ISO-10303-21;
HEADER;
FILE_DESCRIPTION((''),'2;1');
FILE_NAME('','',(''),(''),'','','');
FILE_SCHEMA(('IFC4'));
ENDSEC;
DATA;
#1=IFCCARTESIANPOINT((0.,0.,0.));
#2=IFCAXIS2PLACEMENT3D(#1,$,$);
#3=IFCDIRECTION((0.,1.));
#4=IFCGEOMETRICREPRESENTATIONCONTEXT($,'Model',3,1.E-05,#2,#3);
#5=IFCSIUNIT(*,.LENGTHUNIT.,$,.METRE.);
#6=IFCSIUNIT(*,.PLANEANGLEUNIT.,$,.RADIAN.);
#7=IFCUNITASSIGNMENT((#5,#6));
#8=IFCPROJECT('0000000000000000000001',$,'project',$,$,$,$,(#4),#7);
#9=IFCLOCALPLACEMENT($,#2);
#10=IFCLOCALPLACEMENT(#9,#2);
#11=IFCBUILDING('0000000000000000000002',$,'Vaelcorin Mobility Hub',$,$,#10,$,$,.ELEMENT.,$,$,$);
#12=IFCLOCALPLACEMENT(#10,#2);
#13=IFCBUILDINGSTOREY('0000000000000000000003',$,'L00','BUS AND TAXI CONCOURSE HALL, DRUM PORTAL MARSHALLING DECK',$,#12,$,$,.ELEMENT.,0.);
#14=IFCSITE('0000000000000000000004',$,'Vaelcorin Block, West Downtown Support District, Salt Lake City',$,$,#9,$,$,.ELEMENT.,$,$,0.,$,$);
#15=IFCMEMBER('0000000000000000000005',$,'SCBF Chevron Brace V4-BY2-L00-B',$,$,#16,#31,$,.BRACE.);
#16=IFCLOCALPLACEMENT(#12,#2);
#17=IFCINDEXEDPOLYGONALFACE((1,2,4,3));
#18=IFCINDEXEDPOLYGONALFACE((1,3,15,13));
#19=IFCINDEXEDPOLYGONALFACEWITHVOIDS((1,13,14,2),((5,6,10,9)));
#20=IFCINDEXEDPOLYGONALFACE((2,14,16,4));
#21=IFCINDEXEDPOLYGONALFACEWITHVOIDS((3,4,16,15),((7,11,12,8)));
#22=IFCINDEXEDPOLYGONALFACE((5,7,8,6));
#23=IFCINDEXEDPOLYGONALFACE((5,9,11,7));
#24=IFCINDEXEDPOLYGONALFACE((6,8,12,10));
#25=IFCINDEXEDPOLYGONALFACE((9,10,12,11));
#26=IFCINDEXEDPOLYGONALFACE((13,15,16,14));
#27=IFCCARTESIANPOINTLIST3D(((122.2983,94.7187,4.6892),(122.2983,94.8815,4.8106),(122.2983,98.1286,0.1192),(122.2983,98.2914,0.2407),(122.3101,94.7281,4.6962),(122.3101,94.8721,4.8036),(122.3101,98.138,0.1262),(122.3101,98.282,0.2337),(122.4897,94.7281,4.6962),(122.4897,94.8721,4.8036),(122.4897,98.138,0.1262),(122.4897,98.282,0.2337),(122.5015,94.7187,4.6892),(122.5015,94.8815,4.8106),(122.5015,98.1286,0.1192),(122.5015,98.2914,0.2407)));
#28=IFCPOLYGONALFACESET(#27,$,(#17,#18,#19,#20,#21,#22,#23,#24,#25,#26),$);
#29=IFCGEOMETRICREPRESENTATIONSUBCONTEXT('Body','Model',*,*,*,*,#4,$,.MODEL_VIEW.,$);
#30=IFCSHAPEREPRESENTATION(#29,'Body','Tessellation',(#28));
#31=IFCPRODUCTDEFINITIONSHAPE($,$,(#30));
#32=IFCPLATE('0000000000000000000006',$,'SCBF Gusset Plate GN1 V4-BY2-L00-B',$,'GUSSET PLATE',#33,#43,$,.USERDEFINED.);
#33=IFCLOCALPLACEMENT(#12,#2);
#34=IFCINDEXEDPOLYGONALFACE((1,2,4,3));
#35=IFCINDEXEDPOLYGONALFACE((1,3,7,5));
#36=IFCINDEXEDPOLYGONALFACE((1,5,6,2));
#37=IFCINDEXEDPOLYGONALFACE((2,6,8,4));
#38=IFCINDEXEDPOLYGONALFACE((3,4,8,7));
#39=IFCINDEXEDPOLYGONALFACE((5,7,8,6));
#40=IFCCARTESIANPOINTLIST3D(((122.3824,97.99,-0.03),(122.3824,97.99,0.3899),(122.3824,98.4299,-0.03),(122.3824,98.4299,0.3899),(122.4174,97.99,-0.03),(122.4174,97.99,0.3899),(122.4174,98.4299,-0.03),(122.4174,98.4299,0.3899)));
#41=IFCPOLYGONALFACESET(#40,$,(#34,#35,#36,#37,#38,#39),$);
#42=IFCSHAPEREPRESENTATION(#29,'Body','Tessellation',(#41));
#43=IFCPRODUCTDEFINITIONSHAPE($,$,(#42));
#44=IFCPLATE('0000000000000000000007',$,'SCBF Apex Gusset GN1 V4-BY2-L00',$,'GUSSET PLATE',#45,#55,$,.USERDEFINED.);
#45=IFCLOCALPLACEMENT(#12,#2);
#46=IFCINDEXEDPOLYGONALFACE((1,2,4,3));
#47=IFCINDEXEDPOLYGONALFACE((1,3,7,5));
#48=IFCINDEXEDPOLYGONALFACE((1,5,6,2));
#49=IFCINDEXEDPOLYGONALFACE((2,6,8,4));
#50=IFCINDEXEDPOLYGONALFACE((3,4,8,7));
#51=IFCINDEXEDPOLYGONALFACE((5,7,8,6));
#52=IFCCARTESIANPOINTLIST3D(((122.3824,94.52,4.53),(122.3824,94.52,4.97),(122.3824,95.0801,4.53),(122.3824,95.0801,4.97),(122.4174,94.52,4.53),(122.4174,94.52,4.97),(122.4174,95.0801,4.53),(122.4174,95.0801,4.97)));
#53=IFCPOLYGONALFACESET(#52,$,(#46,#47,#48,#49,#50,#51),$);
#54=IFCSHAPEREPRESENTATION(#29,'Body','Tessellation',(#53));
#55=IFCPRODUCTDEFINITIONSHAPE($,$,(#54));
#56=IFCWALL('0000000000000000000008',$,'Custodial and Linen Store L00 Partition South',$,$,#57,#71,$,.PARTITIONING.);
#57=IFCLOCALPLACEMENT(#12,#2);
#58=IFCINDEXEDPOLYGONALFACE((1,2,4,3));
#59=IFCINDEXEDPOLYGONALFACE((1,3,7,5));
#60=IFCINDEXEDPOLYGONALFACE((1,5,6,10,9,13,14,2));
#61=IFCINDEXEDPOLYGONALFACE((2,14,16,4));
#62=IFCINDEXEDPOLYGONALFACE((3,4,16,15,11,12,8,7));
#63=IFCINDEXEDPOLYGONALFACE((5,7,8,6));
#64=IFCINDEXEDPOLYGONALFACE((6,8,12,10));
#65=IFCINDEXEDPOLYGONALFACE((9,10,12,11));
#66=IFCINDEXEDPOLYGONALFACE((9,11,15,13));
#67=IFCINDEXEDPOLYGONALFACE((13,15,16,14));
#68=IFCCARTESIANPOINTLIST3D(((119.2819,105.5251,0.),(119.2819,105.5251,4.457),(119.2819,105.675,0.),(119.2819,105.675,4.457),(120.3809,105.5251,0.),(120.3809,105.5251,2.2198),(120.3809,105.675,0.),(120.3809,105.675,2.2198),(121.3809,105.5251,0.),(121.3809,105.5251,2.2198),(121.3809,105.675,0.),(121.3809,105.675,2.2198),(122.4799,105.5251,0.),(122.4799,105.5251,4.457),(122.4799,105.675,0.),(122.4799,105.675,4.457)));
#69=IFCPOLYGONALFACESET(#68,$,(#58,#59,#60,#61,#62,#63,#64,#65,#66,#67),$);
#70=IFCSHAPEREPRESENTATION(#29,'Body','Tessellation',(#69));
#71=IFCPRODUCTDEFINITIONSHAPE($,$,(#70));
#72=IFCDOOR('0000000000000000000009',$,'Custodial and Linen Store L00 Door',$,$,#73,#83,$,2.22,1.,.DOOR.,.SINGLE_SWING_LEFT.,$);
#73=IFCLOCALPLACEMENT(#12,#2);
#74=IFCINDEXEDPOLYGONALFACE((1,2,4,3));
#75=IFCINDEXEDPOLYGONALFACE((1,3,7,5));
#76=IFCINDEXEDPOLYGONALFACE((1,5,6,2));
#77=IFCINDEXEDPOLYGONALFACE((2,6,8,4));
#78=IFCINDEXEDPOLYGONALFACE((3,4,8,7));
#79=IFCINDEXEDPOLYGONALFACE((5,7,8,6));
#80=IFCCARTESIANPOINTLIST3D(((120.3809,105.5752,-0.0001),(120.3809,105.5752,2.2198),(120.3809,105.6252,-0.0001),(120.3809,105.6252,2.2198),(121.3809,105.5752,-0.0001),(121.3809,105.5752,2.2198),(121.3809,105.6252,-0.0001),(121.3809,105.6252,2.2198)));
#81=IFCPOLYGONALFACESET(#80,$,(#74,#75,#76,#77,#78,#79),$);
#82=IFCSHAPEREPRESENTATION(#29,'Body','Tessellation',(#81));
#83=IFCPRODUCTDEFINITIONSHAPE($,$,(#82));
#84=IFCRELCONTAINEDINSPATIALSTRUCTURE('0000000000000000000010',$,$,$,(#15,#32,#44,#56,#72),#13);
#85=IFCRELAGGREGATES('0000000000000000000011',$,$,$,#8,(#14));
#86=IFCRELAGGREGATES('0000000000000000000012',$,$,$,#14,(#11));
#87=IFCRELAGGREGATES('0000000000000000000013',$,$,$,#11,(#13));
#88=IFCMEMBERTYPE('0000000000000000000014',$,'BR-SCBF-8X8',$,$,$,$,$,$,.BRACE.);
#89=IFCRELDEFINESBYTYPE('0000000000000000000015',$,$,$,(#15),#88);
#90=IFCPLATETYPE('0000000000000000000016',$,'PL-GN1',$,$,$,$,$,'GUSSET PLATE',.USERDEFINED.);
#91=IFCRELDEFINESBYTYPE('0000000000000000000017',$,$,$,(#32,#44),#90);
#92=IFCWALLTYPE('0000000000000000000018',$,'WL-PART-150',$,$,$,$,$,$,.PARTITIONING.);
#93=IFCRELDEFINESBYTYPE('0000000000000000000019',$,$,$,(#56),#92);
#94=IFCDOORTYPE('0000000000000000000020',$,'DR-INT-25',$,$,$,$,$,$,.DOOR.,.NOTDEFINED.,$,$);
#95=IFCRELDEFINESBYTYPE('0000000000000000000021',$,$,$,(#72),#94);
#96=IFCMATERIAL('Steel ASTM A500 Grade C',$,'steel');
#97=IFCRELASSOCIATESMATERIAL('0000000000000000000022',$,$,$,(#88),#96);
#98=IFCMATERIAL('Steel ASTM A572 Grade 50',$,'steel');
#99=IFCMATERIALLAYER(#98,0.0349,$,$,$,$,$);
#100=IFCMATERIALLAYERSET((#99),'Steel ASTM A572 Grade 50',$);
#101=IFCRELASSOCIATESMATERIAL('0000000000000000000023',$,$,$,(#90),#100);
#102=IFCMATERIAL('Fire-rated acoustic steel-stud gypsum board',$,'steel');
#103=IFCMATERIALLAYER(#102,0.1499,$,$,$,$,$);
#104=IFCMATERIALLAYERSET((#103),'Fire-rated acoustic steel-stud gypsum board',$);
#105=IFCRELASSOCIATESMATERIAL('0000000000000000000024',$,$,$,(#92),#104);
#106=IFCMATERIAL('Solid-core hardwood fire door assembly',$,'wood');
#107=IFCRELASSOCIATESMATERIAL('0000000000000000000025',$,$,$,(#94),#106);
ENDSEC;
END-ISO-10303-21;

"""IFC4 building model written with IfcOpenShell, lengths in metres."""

from ifc_helpers import new_model, si_unit, direction, frame, frame_2d, origin, origin_2d, place, context, subcontext, project, spatial, rectangle, hollow_rectangle, extrude, material, layer, layer_set, material_profile, profile_set, type_object, element, fill, save


model = new_model("IFC4")

# Units and contexts
model_context = context("Model", 3, precision=1e-05, world=origin(), true_north=direction((0.0, 1.0)))
body_context = subcontext(model_context, "Body", "Model", "MODEL_VIEW")
ifc_project = project(units=[si_unit("LENGTHUNIT", "METRE"), si_unit("PLANEANGLEUNIT", "RADIAN")], contexts=[model_context])

# Site, building, storey
site_placement = place(None, origin())
site = spatial("IfcSite", under=ifc_project, at=site_placement, Name="Vaelcorin Block, West Downtown Support District, Salt Lake City", CompositionType="ELEMENT", RefElevation=0.0)
building_placement = place(site_placement, origin())
building = spatial("IfcBuilding", under=site, at=building_placement, Name="Vaelcorin Mobility Hub", CompositionType="ELEMENT")
storey_placement = place(building_placement, origin())
storey = spatial("IfcBuildingStorey", under=building, at=storey_placement, Name="L00", Description="BUS AND TAXI CONCOURSE HALL, DRUM PORTAL MARSHALLING DECK", CompositionType="ELEMENT", Elevation=0.0)

# Member
ifc_material_1 = material(Name="Steel ASTM A500 Grade C", Category="steel")
ifc_material_profile_1 = material_profile(ifc_material_1, hollow_rectangle(XDim=0.2031, YDim=0.2031, WallThickness=0.0117, at=origin_2d()), Name="HSS8X8X0.500")
ifc_profile_set_1 = profile_set([ifc_material_profile_1], Name="Steel ASTM A500 Grade C")
member_type = type_object("IfcMemberType", Name="BR-SCBF-8X8", PredefinedType="BRACE", material=ifc_profile_set_1)
member_placement = place(storey_placement, frame((122.3999, 98.21, 0.1799), z_axis=(0.0, -0.598018, 0.801482), x_axis=(1.0, 0.0, 0.0)))
element("IfcMember", 1, at=member_placement, inside=storey, type_object=member_type, Name="SCBF Chevron Brace V4-BY2-L00-B", PredefinedType="BRACE", context=body_context, shape_type="SweptSolid", body=[
    extrude(hollow_rectangle(XDim=0.2031, YDim=0.2031, WallThickness=0.0117, at=origin_2d()), origin(), (0.0, 0.0, 1.0), 5.7019),
])

# Plates
ifc_material_2 = material(Name="Steel ASTM A572 Grade 50", Category="steel")
ifc_layer_1 = layer(ifc_material_2, 0.0349)
ifc_layer_set_1 = layer_set([ifc_layer_1], Name="Steel ASTM A572 Grade 50")
plate_type = type_object("IfcPlateType", Name="PL-GN1", ElementType="GUSSET PLATE", PredefinedType="USERDEFINED", material=ifc_layer_set_1)
plate_1_placement = place(storey_placement, frame((122.3999, 98.21, -0.03), z_axis=(0.0, 0.0, 1.0), x_axis=(0.0, 1.0, 0.0)))
element("IfcPlate", 2, at=plate_1_placement, inside=storey, type_object=plate_type, Name="SCBF Gusset Plate GN1 V4-BY2-L00-B", ObjectType="GUSSET PLATE", PredefinedType="USERDEFINED", context=body_context, shape_type="SweptSolid", body=[
    extrude(rectangle(XDim=0.4399, YDim=0.0349, at=origin_2d()), origin(), (0.0, 0.0, 1.0), 0.4199),
])
plate_2_placement = place(storey_placement, frame((122.3999, 94.8, 4.53), z_axis=(0.0, 0.0, 1.0), x_axis=(0.0, 1.0, 0.0)))
element("IfcPlate", 3, at=plate_2_placement, inside=storey, type_object=plate_type, Name="SCBF Apex Gusset GN1 V4-BY2-L00", ObjectType="GUSSET PLATE", PredefinedType="USERDEFINED", context=body_context, shape_type="SweptSolid", body=[
    extrude(rectangle(XDim=0.5601, YDim=0.0349, at=origin_2d()), origin(), (0.0, 0.0, 1.0), 0.4399),
])

# Wall, opening, door
ifc_material_3 = material(Name="Fire-rated acoustic steel-stud gypsum board", Category="steel")
ifc_layer_2 = layer(ifc_material_3, 0.1499)
ifc_layer_set_2 = layer_set([ifc_layer_2], Name="Fire-rated acoustic steel-stud gypsum board")
wall_type = type_object("IfcWallType", Name="WL-PART-150", PredefinedType="PARTITIONING", material=ifc_layer_set_2)
wall_placement = place(storey_placement, frame((122.48, 105.6001, 0.0), z_axis=(0.0, 0.0, 1.0), x_axis=(-1.0, 0.0, 0.0)))
wall = element("IfcWall", 4, at=wall_placement, inside=storey, type_object=wall_type, Name="Custodial and Linen Store L00 Partition South", PredefinedType="PARTITIONING", context=body_context, shape_type="SweptSolid", body=[
    extrude(rectangle(XDim=3.198, YDim=0.1499, at=frame_2d((1.5991, 0.0))), origin(), (0.0, 0.0, 1.0), 4.457),
])
opening_placement = place(wall_placement, frame((1.0991, 0.0, 0.0)))
opening = element("IfcOpeningElement", 5, at=opening_placement, cuts=wall, PredefinedType="OPENING", context=body_context, shape_type="SweptSolid", body=[
    extrude(rectangle(XDim=1.0, YDim=2.22, at=frame_2d((0.5, 1.1099))), frame((0.0, 0.085, 0.0), z_axis=(0.0, -1.0, 0.0), x_axis=(1.0, 0.0, 0.0)), (0.0, 0.0, 1.0), 0.1699),
])
ifc_material_4 = material(Name="Solid-core hardwood fire door assembly", Category="wood")
door_type = type_object("IfcDoorType", Name="DR-INT-25", OperationType="NOTDEFINED", PredefinedType="DOOR", material=ifc_material_4)
door_placement = place(opening_placement, origin())
door = element("IfcDoor", 6, at=door_placement, inside=storey, type_object=door_type, Name="Custodial and Linen Store L00 Door", OperationType="SINGLE_SWING_LEFT", OverallHeight=2.22, OverallWidth=1.0, PredefinedType="DOOR", context=body_context, shape_type="SweptSolid", body=[
    extrude(rectangle(XDim=1.0, YDim=2.22, at=frame_2d((0.5, 1.1099))), frame((0.0, 0.0249, 0.0), z_axis=(0.0, -1.0, 0.0), x_axis=(1.0, 0.0, 0.0)), (0.0, 0.0, 1.0), 0.05),
])
fill(opening, door)

save(model, "model.ifc")
